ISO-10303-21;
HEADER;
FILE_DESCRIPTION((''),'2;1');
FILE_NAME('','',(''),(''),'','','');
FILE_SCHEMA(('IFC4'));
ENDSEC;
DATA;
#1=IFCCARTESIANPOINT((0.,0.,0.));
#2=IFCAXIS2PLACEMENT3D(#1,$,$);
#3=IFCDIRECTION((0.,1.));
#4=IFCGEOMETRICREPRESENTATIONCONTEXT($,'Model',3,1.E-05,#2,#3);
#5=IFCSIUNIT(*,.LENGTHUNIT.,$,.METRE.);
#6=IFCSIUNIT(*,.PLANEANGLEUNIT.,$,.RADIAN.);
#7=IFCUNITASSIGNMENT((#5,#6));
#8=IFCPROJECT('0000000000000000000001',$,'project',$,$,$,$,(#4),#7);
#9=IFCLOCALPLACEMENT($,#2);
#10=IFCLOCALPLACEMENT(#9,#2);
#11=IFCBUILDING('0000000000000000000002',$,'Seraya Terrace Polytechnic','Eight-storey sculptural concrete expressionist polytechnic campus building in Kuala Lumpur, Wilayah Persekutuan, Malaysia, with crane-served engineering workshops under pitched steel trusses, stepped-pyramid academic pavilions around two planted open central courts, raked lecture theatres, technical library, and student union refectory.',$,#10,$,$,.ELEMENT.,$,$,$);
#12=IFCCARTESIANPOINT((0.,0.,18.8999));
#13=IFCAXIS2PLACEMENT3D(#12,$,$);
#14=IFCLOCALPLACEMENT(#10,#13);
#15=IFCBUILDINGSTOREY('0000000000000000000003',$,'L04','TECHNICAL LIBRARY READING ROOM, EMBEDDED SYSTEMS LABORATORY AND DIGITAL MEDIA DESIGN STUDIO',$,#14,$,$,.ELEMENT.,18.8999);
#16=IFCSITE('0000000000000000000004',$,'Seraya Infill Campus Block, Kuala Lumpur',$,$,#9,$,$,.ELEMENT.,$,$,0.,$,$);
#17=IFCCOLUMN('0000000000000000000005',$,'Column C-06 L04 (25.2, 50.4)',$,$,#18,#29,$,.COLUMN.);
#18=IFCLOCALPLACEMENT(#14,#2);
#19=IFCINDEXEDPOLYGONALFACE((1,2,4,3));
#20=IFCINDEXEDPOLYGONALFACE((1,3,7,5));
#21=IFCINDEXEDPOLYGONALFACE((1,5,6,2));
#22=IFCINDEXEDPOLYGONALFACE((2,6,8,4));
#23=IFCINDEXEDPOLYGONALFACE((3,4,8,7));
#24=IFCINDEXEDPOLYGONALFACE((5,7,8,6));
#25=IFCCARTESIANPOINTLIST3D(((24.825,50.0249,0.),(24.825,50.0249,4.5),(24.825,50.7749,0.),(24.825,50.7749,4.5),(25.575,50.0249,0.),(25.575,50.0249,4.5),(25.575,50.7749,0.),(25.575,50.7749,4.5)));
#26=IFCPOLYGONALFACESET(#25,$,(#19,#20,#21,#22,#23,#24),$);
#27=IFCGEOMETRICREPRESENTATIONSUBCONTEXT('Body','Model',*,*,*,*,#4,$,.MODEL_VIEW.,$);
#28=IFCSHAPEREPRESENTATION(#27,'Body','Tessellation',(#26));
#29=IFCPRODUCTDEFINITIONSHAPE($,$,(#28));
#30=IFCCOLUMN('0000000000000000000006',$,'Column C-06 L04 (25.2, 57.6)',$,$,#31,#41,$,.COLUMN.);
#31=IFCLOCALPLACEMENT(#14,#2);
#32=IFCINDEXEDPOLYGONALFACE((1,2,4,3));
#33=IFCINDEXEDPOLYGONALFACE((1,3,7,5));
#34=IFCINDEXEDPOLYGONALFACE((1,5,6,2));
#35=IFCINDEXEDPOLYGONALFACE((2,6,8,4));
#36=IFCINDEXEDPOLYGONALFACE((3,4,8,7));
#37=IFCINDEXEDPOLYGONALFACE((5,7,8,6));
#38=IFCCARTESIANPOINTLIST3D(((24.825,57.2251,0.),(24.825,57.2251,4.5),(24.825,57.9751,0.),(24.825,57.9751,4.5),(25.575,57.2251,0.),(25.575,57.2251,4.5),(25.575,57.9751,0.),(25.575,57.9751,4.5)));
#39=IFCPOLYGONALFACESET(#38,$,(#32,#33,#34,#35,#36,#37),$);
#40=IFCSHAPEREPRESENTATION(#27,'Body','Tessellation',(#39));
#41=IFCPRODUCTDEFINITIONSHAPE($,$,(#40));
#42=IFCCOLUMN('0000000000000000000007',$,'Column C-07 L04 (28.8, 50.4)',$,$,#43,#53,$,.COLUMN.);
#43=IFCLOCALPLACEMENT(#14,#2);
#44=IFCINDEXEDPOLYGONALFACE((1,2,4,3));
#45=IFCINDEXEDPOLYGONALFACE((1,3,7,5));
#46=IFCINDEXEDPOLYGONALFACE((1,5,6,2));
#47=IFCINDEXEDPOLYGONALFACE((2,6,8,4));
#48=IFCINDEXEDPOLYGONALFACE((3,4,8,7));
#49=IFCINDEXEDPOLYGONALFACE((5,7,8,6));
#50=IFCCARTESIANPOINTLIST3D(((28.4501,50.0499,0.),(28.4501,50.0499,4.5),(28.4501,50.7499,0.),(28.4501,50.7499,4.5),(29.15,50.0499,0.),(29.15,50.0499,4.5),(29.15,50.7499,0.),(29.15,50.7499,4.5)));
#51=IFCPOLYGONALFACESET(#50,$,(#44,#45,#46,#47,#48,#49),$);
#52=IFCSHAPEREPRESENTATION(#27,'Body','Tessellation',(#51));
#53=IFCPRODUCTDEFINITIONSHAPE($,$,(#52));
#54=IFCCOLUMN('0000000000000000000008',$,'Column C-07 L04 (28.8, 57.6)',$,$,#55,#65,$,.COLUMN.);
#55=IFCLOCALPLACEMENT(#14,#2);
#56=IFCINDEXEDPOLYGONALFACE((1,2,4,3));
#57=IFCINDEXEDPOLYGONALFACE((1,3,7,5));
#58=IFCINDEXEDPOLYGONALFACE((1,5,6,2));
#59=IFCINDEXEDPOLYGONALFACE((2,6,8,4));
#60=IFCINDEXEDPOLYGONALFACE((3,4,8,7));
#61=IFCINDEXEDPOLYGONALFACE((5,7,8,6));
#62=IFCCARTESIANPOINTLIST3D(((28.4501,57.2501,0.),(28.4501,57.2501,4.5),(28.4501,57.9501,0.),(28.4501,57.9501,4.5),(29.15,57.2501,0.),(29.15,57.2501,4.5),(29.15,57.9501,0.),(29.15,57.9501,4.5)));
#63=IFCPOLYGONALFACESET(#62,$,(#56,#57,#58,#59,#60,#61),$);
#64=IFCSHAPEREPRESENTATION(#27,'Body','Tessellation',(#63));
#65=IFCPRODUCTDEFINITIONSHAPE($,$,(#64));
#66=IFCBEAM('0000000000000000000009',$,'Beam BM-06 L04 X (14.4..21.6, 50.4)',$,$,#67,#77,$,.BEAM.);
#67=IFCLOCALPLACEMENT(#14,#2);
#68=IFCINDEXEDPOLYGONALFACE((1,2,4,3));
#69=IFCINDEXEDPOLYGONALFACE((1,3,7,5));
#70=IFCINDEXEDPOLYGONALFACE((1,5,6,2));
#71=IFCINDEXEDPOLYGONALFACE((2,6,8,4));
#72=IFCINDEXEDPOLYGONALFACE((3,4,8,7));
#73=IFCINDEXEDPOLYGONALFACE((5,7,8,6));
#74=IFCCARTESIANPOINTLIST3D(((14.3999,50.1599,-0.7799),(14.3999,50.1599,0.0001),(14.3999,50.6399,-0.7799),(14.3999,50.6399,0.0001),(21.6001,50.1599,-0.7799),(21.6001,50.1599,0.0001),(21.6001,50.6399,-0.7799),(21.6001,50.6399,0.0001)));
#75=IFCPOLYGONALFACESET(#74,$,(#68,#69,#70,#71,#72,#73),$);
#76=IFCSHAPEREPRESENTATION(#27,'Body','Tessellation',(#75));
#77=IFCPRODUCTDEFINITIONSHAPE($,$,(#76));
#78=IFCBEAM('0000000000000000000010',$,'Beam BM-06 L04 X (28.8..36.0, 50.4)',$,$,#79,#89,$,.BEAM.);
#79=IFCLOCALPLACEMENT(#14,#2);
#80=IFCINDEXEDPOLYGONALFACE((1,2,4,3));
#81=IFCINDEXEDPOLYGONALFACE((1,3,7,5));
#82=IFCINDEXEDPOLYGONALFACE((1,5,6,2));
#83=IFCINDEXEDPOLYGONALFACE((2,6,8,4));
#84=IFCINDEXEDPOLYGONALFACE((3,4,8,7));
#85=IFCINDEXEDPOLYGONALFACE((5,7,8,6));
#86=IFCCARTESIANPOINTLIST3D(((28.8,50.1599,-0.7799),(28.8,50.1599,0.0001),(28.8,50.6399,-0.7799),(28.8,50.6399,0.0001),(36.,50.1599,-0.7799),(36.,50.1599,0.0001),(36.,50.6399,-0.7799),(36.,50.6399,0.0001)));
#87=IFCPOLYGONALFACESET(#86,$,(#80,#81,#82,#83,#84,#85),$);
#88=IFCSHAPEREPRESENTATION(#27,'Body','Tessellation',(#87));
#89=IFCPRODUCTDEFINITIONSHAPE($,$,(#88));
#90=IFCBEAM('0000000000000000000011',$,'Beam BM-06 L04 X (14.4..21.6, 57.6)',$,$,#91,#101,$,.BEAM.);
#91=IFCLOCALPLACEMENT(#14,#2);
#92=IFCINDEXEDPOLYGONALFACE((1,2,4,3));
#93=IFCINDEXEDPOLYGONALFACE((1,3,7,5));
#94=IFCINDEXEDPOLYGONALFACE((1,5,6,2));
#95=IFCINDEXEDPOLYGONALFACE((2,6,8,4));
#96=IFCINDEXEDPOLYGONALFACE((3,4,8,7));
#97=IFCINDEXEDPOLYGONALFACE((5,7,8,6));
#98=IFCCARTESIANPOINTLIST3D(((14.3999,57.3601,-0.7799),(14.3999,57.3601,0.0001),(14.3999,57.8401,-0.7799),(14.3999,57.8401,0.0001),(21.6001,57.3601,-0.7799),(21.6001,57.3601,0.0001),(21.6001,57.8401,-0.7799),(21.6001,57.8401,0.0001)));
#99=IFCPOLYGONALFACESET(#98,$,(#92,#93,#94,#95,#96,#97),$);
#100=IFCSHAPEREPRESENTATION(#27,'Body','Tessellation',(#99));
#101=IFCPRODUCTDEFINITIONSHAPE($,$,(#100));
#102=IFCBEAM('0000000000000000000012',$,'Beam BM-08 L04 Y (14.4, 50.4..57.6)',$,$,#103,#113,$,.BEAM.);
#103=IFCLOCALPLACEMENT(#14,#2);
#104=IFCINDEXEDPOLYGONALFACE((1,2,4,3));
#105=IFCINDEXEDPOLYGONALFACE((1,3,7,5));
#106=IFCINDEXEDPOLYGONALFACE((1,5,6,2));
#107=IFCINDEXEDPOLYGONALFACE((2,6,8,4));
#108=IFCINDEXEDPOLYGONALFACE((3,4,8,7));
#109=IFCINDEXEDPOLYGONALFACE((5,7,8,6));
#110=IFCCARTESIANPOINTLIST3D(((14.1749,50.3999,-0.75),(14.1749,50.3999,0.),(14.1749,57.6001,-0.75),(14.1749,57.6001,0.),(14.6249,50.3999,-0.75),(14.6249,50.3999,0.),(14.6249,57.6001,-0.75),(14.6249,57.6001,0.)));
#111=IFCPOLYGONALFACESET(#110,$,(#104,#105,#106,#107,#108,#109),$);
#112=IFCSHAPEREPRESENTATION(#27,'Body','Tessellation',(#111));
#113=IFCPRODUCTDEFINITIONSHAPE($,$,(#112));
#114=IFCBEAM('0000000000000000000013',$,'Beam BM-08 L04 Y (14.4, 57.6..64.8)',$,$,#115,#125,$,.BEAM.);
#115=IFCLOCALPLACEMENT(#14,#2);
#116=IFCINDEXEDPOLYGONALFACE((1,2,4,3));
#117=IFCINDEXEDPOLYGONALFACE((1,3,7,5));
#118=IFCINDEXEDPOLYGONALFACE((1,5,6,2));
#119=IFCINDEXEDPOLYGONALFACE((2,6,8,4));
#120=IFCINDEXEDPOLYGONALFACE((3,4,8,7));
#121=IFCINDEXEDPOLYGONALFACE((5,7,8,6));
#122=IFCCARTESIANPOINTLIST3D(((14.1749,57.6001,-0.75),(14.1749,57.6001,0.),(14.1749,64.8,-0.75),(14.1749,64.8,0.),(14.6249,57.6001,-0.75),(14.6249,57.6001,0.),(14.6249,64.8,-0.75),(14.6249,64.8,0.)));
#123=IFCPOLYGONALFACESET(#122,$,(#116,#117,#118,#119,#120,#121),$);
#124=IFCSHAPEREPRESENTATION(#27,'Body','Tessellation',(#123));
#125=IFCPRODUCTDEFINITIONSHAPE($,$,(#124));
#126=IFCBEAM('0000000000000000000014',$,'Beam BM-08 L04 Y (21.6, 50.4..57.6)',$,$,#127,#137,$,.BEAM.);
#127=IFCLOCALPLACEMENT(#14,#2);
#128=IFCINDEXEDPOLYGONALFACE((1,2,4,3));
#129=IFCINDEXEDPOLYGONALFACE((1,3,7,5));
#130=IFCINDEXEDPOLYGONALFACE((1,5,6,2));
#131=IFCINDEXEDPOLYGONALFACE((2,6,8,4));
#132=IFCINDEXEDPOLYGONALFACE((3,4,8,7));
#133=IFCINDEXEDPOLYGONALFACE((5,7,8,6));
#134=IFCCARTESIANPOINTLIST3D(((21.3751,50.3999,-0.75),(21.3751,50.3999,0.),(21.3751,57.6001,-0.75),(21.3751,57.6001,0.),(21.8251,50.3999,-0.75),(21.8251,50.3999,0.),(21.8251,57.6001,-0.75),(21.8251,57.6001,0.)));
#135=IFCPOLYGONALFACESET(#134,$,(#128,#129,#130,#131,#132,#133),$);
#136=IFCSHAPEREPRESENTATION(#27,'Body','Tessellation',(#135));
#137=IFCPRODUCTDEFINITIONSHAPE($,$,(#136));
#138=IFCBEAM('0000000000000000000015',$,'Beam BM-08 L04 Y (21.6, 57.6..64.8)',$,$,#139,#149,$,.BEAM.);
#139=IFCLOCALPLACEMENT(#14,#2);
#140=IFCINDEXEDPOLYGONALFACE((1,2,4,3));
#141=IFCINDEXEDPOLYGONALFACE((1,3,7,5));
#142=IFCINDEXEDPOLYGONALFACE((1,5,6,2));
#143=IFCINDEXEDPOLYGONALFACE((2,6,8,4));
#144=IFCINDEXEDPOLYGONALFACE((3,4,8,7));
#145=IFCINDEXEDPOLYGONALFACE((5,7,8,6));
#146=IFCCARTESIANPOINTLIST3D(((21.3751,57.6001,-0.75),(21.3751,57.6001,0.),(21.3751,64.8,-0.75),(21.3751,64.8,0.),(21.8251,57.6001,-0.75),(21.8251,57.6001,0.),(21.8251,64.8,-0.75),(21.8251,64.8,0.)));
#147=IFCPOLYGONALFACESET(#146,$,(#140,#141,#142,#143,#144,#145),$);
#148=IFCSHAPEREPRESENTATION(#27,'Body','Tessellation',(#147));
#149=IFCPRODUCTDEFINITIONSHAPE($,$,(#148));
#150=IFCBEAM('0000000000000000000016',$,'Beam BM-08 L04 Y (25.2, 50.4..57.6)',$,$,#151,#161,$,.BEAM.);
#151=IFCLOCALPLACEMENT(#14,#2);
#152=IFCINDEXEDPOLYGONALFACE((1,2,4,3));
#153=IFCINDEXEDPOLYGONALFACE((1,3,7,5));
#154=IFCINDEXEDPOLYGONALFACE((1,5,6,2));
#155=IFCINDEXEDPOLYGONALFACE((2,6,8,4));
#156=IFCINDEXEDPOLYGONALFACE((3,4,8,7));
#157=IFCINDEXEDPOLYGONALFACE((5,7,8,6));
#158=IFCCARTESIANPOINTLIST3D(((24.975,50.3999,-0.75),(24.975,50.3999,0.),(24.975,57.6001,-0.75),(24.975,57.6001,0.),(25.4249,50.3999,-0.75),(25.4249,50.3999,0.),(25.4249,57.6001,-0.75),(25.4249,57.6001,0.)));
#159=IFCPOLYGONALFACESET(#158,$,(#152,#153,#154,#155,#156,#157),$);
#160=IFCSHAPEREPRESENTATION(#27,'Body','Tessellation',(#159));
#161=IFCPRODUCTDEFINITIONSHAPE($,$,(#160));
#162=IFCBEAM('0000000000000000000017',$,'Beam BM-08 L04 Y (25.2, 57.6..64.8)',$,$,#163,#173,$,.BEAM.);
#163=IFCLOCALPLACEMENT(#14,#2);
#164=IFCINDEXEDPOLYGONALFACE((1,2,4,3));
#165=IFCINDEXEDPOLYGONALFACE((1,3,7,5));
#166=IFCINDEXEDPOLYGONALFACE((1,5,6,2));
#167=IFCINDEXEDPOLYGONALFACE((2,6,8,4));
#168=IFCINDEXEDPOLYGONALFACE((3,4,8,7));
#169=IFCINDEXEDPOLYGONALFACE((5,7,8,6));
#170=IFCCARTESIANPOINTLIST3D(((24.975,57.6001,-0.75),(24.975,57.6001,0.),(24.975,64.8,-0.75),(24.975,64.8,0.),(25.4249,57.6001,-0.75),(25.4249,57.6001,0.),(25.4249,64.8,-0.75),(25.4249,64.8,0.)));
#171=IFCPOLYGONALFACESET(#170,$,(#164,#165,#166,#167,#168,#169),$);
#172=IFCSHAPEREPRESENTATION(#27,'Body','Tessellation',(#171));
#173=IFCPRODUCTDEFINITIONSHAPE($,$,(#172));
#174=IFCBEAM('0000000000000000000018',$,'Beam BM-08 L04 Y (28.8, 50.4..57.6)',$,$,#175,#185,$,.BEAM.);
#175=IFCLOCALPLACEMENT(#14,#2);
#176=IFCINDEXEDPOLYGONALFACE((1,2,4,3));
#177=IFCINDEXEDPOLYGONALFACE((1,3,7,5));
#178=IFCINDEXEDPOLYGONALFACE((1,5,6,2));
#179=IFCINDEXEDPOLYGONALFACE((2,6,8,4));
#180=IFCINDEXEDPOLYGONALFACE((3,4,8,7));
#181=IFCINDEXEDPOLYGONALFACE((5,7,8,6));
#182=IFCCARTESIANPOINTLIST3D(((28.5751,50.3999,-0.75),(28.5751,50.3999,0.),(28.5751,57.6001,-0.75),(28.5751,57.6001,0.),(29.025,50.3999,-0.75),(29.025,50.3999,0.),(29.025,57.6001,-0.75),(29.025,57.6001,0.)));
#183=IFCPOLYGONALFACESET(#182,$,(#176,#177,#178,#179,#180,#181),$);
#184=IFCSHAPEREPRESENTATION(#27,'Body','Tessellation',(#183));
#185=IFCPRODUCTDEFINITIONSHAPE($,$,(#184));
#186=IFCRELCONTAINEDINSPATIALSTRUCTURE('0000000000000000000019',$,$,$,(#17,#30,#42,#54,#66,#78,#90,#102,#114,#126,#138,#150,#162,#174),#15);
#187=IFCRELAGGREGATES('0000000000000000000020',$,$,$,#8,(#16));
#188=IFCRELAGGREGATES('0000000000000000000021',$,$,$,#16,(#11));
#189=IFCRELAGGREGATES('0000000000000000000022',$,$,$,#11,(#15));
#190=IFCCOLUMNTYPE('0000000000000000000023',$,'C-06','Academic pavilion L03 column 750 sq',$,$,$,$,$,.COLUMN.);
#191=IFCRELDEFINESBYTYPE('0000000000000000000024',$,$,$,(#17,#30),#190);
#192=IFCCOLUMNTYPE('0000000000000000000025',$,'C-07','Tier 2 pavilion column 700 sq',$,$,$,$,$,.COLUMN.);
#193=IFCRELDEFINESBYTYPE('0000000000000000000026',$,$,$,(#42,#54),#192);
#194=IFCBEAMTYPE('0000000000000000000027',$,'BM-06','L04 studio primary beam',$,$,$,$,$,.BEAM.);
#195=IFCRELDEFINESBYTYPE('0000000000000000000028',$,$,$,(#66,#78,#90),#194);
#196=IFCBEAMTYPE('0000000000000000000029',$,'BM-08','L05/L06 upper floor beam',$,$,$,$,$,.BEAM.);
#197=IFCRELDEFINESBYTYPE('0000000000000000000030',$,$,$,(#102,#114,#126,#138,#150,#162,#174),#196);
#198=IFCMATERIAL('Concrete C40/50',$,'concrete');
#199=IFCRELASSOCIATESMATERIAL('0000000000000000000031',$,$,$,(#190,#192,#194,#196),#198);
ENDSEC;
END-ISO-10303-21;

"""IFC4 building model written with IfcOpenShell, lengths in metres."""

from ifc_helpers import new_model, si_unit, direction, frame, origin, origin_2d, place, context, subcontext, project, spatial, rectangle, extrude, material, material_profile, profile_set, type_object, element, save


model = new_model("IFC4")

# Units and contexts
model_context = context("Model", 3, precision=1e-05, world=origin(), true_north=direction((0.0, 1.0)))
body_context = subcontext(model_context, "Body", "Model", "MODEL_VIEW")
ifc_project = project(units=[si_unit("LENGTHUNIT", "METRE"), si_unit("PLANEANGLEUNIT", "RADIAN")], contexts=[model_context])

# Site, building, storey
site_placement = place(None, origin())
site = spatial("IfcSite", under=ifc_project, at=site_placement, Name="Seraya Infill Campus Block, Kuala Lumpur", CompositionType="ELEMENT", RefElevation=0.0)
building_placement = place(site_placement, origin())
building = spatial("IfcBuilding", under=site, at=building_placement, Name="Seraya Terrace Polytechnic", Description="Eight-storey sculptural concrete expressionist polytechnic campus building in Kuala Lumpur, Wilayah Persekutuan, Malaysia, with crane-served engineering workshops under pitched steel trusses, stepped-pyramid academic pavilions around two planted open central courts, raked lecture theatres, technical library, and student union refectory.", CompositionType="ELEMENT")
storey_placement = place(building_placement, frame((0.0, 0.0, 18.8999)))
storey = spatial("IfcBuildingStorey", under=building, at=storey_placement, Name="L04", Description="TECHNICAL LIBRARY READING ROOM, EMBEDDED SYSTEMS LABORATORY AND DIGITAL MEDIA DESIGN STUDIO", CompositionType="ELEMENT", Elevation=18.8999)

# Columns
ifc_material_1 = material(Name="Concrete C40/50", Category="concrete")
ifc_material_profile_1 = material_profile(ifc_material_1, rectangle(XDim=0.75, YDim=0.75, at=origin_2d()), Name="RC 750x750")
ifc_profile_set_1 = profile_set([ifc_material_profile_1], Name="Concrete C40/50")
column_type_1 = type_object("IfcColumnType", Name="C-06", Description="Academic pavilion L03 column 750 sq", PredefinedType="COLUMN", material=ifc_profile_set_1)
for number, where, z_axis, x_axis, name in (
    (1, (25.2, 50.3999, 0.0), (0.0, 0.0, 1.0), (1.0, 0.0, 0.0), "Column C-06 L04 (25.2, 50.4)"),
    (2, (25.2, 57.6001, 0.0), (0.0, 0.0, 1.0), (1.0, 0.0, 0.0), "Column C-06 L04 (25.2, 57.6)"),
):
    element("IfcColumn", number, at=place(storey_placement, frame(where, z_axis=z_axis, x_axis=x_axis)), inside=storey, type_object=column_type_1, Name=name, PredefinedType="COLUMN", context=body_context, shape_type="SweptSolid", body=[
        extrude(rectangle(XDim=0.75, YDim=0.75, at=origin_2d()), origin(), (0.0, 0.0, 1.0), 4.5),
    ])
ifc_material_profile_2 = material_profile(ifc_material_1, rectangle(XDim=0.7, YDim=0.7, at=origin_2d()), Name="RC 700x700")
ifc_profile_set_2 = profile_set([ifc_material_profile_2], Name="Concrete C40/50")
column_type_2 = type_object("IfcColumnType", Name="C-07", Description="Tier 2 pavilion column 700 sq", PredefinedType="COLUMN", material=ifc_profile_set_2)
for number, where, z_axis, x_axis, name in (
    (3, (28.8, 50.3999, 0.0), (0.0, 0.0, 1.0), (1.0, 0.0, 0.0), "Column C-07 L04 (28.8, 50.4)"),
    (4, (28.8, 57.6001, 0.0), (0.0, 0.0, 1.0), (1.0, 0.0, 0.0), "Column C-07 L04 (28.8, 57.6)"),
):
    element("IfcColumn", number, at=place(storey_placement, frame(where, z_axis=z_axis, x_axis=x_axis)), inside=storey, type_object=column_type_2, Name=name, PredefinedType="COLUMN", context=body_context, shape_type="SweptSolid", body=[
        extrude(rectangle(XDim=0.7, YDim=0.7, at=origin_2d()), origin(), (0.0, 0.0, 1.0), 4.5),
    ])

# Beams
ifc_material_profile_3 = material_profile(ifc_material_1, rectangle(XDim=0.48, YDim=0.78, at=origin_2d()), Name="RC 480x780")
ifc_profile_set_3 = profile_set([ifc_material_profile_3], Name="Concrete C40/50")
beam_type_1 = type_object("IfcBeamType", Name="BM-06", Description="L04 studio primary beam", PredefinedType="BEAM", material=ifc_profile_set_3)
beam_1_placement = place(storey_placement, frame((14.3999, 50.3999, -0.3899), z_axis=(1.0, 0.0, 0.0), x_axis=(0.0, 1.0, 0.0)))
element("IfcBeam", 5, at=beam_1_placement, inside=storey, type_object=beam_type_1, Name="Beam BM-06 L04 X (14.4..21.6, 50.4)", PredefinedType="BEAM", context=body_context, shape_type="SweptSolid", body=[
    extrude(rectangle(XDim=0.48, YDim=0.78, at=origin_2d()), origin(), (0.0, 0.0, 1.0), 7.2002),
])
beam_2_placement = place(storey_placement, frame((28.8, 50.3999, -0.3899), z_axis=(1.0, 0.0, 0.0), x_axis=(0.0, 1.0, 0.0)))
element("IfcBeam", 6, at=beam_2_placement, inside=storey, type_object=beam_type_1, Name="Beam BM-06 L04 X (28.8..36.0, 50.4)", PredefinedType="BEAM", context=body_context, shape_type="SweptSolid", body=[
    extrude(rectangle(XDim=0.48, YDim=0.78, at=origin_2d()), origin(), (0.0, 0.0, 1.0), 7.2),
])
beam_3_placement = place(storey_placement, frame((14.3999, 57.6001, -0.3899), z_axis=(1.0, 0.0, 0.0), x_axis=(0.0, 1.0, 0.0)))
element("IfcBeam", 7, at=beam_3_placement, inside=storey, type_object=beam_type_1, Name="Beam BM-06 L04 X (14.4..21.6, 57.6)", PredefinedType="BEAM", context=body_context, shape_type="SweptSolid", body=[
    extrude(rectangle(XDim=0.48, YDim=0.78, at=origin_2d()), origin(), (0.0, 0.0, 1.0), 7.2002),
])
ifc_material_profile_4 = material_profile(ifc_material_1, rectangle(XDim=0.45, YDim=0.75, at=origin_2d()), Name="RC 450x750")
ifc_profile_set_4 = profile_set([ifc_material_profile_4], Name="Concrete C40/50")
beam_type_2 = type_object("IfcBeamType", Name="BM-08", Description="L05/L06 upper floor beam", PredefinedType="BEAM", material=ifc_profile_set_4)
beam_4_placement = place(storey_placement, frame((14.3999, 50.3999, -0.375), z_axis=(0.0, 1.0, 0.0), x_axis=(-1.0, 0.0, 0.0)))
element("IfcBeam", 8, at=beam_4_placement, inside=storey, type_object=beam_type_2, Name="Beam BM-08 L04 Y (14.4, 50.4..57.6)", PredefinedType="BEAM", context=body_context, shape_type="SweptSolid", body=[
    extrude(rectangle(XDim=0.45, YDim=0.75, at=origin_2d()), origin(), (0.0, 0.0, 1.0), 7.2002),
])
beam_5_placement = place(storey_placement, frame((14.3999, 57.6001, -0.375), z_axis=(0.0, 1.0, 0.0), x_axis=(-1.0, 0.0, 0.0)))
element("IfcBeam", 9, at=beam_5_placement, inside=storey, type_object=beam_type_2, Name="Beam BM-08 L04 Y (14.4, 57.6..64.8)", PredefinedType="BEAM", context=body_context, shape_type="SweptSolid", body=[
    extrude(rectangle(XDim=0.45, YDim=0.75, at=origin_2d()), origin(), (0.0, 0.0, 1.0), 7.2),
])
beam_6_placement = place(storey_placement, frame((21.6001, 50.3999, -0.375), z_axis=(0.0, 1.0, 0.0), x_axis=(-1.0, 0.0, 0.0)))
element("IfcBeam", 10, at=beam_6_placement, inside=storey, type_object=beam_type_2, Name="Beam BM-08 L04 Y (21.6, 50.4..57.6)", PredefinedType="BEAM", context=body_context, shape_type="SweptSolid", body=[
    extrude(rectangle(XDim=0.45, YDim=0.75, at=origin_2d()), origin(), (0.0, 0.0, 1.0), 7.2002),
])
beam_7_placement = place(storey_placement, frame((21.6001, 57.6001, -0.375), z_axis=(0.0, 1.0, 0.0), x_axis=(-1.0, 0.0, 0.0)))
element("IfcBeam", 11, at=beam_7_placement, inside=storey, type_object=beam_type_2, Name="Beam BM-08 L04 Y (21.6, 57.6..64.8)", PredefinedType="BEAM", context=body_context, shape_type="SweptSolid", body=[
    extrude(rectangle(XDim=0.45, YDim=0.75, at=origin_2d()), origin(), (0.0, 0.0, 1.0), 7.2),
])
beam_8_placement = place(storey_placement, frame((25.2, 50.3999, -0.375), z_axis=(0.0, 1.0, 0.0), x_axis=(-1.0, 0.0, 0.0)))
element("IfcBeam", 12, at=beam_8_placement, inside=storey, type_object=beam_type_2, Name="Beam BM-08 L04 Y (25.2, 50.4..57.6)", PredefinedType="BEAM", context=body_context, shape_type="SweptSolid", body=[
    extrude(rectangle(XDim=0.45, YDim=0.75, at=origin_2d()), origin(), (0.0, 0.0, 1.0), 7.2002),
])
beam_9_placement = place(storey_placement, frame((25.2, 57.6001, -0.375), z_axis=(0.0, 1.0, 0.0), x_axis=(-1.0, 0.0, 0.0)))
element("IfcBeam", 13, at=beam_9_placement, inside=storey, type_object=beam_type_2, Name="Beam BM-08 L04 Y (25.2, 57.6..64.8)", PredefinedType="BEAM", context=body_context, shape_type="SweptSolid", body=[
    extrude(rectangle(XDim=0.45, YDim=0.75, at=origin_2d()), origin(), (0.0, 0.0, 1.0), 7.2),
])
beam_10_placement = place(storey_placement, frame((28.8, 50.3999, -0.375), z_axis=(0.0, 1.0, 0.0), x_axis=(-1.0, 0.0, 0.0)))
element("IfcBeam", 14, at=beam_10_placement, inside=storey, type_object=beam_type_2, Name="Beam BM-08 L04 Y (28.8, 50.4..57.6)", PredefinedType="BEAM", context=body_context, shape_type="SweptSolid", body=[
    extrude(rectangle(XDim=0.45, YDim=0.75, at=origin_2d()), origin(), (0.0, 0.0, 1.0), 7.2002),
])

save(model, "model.ifc")
